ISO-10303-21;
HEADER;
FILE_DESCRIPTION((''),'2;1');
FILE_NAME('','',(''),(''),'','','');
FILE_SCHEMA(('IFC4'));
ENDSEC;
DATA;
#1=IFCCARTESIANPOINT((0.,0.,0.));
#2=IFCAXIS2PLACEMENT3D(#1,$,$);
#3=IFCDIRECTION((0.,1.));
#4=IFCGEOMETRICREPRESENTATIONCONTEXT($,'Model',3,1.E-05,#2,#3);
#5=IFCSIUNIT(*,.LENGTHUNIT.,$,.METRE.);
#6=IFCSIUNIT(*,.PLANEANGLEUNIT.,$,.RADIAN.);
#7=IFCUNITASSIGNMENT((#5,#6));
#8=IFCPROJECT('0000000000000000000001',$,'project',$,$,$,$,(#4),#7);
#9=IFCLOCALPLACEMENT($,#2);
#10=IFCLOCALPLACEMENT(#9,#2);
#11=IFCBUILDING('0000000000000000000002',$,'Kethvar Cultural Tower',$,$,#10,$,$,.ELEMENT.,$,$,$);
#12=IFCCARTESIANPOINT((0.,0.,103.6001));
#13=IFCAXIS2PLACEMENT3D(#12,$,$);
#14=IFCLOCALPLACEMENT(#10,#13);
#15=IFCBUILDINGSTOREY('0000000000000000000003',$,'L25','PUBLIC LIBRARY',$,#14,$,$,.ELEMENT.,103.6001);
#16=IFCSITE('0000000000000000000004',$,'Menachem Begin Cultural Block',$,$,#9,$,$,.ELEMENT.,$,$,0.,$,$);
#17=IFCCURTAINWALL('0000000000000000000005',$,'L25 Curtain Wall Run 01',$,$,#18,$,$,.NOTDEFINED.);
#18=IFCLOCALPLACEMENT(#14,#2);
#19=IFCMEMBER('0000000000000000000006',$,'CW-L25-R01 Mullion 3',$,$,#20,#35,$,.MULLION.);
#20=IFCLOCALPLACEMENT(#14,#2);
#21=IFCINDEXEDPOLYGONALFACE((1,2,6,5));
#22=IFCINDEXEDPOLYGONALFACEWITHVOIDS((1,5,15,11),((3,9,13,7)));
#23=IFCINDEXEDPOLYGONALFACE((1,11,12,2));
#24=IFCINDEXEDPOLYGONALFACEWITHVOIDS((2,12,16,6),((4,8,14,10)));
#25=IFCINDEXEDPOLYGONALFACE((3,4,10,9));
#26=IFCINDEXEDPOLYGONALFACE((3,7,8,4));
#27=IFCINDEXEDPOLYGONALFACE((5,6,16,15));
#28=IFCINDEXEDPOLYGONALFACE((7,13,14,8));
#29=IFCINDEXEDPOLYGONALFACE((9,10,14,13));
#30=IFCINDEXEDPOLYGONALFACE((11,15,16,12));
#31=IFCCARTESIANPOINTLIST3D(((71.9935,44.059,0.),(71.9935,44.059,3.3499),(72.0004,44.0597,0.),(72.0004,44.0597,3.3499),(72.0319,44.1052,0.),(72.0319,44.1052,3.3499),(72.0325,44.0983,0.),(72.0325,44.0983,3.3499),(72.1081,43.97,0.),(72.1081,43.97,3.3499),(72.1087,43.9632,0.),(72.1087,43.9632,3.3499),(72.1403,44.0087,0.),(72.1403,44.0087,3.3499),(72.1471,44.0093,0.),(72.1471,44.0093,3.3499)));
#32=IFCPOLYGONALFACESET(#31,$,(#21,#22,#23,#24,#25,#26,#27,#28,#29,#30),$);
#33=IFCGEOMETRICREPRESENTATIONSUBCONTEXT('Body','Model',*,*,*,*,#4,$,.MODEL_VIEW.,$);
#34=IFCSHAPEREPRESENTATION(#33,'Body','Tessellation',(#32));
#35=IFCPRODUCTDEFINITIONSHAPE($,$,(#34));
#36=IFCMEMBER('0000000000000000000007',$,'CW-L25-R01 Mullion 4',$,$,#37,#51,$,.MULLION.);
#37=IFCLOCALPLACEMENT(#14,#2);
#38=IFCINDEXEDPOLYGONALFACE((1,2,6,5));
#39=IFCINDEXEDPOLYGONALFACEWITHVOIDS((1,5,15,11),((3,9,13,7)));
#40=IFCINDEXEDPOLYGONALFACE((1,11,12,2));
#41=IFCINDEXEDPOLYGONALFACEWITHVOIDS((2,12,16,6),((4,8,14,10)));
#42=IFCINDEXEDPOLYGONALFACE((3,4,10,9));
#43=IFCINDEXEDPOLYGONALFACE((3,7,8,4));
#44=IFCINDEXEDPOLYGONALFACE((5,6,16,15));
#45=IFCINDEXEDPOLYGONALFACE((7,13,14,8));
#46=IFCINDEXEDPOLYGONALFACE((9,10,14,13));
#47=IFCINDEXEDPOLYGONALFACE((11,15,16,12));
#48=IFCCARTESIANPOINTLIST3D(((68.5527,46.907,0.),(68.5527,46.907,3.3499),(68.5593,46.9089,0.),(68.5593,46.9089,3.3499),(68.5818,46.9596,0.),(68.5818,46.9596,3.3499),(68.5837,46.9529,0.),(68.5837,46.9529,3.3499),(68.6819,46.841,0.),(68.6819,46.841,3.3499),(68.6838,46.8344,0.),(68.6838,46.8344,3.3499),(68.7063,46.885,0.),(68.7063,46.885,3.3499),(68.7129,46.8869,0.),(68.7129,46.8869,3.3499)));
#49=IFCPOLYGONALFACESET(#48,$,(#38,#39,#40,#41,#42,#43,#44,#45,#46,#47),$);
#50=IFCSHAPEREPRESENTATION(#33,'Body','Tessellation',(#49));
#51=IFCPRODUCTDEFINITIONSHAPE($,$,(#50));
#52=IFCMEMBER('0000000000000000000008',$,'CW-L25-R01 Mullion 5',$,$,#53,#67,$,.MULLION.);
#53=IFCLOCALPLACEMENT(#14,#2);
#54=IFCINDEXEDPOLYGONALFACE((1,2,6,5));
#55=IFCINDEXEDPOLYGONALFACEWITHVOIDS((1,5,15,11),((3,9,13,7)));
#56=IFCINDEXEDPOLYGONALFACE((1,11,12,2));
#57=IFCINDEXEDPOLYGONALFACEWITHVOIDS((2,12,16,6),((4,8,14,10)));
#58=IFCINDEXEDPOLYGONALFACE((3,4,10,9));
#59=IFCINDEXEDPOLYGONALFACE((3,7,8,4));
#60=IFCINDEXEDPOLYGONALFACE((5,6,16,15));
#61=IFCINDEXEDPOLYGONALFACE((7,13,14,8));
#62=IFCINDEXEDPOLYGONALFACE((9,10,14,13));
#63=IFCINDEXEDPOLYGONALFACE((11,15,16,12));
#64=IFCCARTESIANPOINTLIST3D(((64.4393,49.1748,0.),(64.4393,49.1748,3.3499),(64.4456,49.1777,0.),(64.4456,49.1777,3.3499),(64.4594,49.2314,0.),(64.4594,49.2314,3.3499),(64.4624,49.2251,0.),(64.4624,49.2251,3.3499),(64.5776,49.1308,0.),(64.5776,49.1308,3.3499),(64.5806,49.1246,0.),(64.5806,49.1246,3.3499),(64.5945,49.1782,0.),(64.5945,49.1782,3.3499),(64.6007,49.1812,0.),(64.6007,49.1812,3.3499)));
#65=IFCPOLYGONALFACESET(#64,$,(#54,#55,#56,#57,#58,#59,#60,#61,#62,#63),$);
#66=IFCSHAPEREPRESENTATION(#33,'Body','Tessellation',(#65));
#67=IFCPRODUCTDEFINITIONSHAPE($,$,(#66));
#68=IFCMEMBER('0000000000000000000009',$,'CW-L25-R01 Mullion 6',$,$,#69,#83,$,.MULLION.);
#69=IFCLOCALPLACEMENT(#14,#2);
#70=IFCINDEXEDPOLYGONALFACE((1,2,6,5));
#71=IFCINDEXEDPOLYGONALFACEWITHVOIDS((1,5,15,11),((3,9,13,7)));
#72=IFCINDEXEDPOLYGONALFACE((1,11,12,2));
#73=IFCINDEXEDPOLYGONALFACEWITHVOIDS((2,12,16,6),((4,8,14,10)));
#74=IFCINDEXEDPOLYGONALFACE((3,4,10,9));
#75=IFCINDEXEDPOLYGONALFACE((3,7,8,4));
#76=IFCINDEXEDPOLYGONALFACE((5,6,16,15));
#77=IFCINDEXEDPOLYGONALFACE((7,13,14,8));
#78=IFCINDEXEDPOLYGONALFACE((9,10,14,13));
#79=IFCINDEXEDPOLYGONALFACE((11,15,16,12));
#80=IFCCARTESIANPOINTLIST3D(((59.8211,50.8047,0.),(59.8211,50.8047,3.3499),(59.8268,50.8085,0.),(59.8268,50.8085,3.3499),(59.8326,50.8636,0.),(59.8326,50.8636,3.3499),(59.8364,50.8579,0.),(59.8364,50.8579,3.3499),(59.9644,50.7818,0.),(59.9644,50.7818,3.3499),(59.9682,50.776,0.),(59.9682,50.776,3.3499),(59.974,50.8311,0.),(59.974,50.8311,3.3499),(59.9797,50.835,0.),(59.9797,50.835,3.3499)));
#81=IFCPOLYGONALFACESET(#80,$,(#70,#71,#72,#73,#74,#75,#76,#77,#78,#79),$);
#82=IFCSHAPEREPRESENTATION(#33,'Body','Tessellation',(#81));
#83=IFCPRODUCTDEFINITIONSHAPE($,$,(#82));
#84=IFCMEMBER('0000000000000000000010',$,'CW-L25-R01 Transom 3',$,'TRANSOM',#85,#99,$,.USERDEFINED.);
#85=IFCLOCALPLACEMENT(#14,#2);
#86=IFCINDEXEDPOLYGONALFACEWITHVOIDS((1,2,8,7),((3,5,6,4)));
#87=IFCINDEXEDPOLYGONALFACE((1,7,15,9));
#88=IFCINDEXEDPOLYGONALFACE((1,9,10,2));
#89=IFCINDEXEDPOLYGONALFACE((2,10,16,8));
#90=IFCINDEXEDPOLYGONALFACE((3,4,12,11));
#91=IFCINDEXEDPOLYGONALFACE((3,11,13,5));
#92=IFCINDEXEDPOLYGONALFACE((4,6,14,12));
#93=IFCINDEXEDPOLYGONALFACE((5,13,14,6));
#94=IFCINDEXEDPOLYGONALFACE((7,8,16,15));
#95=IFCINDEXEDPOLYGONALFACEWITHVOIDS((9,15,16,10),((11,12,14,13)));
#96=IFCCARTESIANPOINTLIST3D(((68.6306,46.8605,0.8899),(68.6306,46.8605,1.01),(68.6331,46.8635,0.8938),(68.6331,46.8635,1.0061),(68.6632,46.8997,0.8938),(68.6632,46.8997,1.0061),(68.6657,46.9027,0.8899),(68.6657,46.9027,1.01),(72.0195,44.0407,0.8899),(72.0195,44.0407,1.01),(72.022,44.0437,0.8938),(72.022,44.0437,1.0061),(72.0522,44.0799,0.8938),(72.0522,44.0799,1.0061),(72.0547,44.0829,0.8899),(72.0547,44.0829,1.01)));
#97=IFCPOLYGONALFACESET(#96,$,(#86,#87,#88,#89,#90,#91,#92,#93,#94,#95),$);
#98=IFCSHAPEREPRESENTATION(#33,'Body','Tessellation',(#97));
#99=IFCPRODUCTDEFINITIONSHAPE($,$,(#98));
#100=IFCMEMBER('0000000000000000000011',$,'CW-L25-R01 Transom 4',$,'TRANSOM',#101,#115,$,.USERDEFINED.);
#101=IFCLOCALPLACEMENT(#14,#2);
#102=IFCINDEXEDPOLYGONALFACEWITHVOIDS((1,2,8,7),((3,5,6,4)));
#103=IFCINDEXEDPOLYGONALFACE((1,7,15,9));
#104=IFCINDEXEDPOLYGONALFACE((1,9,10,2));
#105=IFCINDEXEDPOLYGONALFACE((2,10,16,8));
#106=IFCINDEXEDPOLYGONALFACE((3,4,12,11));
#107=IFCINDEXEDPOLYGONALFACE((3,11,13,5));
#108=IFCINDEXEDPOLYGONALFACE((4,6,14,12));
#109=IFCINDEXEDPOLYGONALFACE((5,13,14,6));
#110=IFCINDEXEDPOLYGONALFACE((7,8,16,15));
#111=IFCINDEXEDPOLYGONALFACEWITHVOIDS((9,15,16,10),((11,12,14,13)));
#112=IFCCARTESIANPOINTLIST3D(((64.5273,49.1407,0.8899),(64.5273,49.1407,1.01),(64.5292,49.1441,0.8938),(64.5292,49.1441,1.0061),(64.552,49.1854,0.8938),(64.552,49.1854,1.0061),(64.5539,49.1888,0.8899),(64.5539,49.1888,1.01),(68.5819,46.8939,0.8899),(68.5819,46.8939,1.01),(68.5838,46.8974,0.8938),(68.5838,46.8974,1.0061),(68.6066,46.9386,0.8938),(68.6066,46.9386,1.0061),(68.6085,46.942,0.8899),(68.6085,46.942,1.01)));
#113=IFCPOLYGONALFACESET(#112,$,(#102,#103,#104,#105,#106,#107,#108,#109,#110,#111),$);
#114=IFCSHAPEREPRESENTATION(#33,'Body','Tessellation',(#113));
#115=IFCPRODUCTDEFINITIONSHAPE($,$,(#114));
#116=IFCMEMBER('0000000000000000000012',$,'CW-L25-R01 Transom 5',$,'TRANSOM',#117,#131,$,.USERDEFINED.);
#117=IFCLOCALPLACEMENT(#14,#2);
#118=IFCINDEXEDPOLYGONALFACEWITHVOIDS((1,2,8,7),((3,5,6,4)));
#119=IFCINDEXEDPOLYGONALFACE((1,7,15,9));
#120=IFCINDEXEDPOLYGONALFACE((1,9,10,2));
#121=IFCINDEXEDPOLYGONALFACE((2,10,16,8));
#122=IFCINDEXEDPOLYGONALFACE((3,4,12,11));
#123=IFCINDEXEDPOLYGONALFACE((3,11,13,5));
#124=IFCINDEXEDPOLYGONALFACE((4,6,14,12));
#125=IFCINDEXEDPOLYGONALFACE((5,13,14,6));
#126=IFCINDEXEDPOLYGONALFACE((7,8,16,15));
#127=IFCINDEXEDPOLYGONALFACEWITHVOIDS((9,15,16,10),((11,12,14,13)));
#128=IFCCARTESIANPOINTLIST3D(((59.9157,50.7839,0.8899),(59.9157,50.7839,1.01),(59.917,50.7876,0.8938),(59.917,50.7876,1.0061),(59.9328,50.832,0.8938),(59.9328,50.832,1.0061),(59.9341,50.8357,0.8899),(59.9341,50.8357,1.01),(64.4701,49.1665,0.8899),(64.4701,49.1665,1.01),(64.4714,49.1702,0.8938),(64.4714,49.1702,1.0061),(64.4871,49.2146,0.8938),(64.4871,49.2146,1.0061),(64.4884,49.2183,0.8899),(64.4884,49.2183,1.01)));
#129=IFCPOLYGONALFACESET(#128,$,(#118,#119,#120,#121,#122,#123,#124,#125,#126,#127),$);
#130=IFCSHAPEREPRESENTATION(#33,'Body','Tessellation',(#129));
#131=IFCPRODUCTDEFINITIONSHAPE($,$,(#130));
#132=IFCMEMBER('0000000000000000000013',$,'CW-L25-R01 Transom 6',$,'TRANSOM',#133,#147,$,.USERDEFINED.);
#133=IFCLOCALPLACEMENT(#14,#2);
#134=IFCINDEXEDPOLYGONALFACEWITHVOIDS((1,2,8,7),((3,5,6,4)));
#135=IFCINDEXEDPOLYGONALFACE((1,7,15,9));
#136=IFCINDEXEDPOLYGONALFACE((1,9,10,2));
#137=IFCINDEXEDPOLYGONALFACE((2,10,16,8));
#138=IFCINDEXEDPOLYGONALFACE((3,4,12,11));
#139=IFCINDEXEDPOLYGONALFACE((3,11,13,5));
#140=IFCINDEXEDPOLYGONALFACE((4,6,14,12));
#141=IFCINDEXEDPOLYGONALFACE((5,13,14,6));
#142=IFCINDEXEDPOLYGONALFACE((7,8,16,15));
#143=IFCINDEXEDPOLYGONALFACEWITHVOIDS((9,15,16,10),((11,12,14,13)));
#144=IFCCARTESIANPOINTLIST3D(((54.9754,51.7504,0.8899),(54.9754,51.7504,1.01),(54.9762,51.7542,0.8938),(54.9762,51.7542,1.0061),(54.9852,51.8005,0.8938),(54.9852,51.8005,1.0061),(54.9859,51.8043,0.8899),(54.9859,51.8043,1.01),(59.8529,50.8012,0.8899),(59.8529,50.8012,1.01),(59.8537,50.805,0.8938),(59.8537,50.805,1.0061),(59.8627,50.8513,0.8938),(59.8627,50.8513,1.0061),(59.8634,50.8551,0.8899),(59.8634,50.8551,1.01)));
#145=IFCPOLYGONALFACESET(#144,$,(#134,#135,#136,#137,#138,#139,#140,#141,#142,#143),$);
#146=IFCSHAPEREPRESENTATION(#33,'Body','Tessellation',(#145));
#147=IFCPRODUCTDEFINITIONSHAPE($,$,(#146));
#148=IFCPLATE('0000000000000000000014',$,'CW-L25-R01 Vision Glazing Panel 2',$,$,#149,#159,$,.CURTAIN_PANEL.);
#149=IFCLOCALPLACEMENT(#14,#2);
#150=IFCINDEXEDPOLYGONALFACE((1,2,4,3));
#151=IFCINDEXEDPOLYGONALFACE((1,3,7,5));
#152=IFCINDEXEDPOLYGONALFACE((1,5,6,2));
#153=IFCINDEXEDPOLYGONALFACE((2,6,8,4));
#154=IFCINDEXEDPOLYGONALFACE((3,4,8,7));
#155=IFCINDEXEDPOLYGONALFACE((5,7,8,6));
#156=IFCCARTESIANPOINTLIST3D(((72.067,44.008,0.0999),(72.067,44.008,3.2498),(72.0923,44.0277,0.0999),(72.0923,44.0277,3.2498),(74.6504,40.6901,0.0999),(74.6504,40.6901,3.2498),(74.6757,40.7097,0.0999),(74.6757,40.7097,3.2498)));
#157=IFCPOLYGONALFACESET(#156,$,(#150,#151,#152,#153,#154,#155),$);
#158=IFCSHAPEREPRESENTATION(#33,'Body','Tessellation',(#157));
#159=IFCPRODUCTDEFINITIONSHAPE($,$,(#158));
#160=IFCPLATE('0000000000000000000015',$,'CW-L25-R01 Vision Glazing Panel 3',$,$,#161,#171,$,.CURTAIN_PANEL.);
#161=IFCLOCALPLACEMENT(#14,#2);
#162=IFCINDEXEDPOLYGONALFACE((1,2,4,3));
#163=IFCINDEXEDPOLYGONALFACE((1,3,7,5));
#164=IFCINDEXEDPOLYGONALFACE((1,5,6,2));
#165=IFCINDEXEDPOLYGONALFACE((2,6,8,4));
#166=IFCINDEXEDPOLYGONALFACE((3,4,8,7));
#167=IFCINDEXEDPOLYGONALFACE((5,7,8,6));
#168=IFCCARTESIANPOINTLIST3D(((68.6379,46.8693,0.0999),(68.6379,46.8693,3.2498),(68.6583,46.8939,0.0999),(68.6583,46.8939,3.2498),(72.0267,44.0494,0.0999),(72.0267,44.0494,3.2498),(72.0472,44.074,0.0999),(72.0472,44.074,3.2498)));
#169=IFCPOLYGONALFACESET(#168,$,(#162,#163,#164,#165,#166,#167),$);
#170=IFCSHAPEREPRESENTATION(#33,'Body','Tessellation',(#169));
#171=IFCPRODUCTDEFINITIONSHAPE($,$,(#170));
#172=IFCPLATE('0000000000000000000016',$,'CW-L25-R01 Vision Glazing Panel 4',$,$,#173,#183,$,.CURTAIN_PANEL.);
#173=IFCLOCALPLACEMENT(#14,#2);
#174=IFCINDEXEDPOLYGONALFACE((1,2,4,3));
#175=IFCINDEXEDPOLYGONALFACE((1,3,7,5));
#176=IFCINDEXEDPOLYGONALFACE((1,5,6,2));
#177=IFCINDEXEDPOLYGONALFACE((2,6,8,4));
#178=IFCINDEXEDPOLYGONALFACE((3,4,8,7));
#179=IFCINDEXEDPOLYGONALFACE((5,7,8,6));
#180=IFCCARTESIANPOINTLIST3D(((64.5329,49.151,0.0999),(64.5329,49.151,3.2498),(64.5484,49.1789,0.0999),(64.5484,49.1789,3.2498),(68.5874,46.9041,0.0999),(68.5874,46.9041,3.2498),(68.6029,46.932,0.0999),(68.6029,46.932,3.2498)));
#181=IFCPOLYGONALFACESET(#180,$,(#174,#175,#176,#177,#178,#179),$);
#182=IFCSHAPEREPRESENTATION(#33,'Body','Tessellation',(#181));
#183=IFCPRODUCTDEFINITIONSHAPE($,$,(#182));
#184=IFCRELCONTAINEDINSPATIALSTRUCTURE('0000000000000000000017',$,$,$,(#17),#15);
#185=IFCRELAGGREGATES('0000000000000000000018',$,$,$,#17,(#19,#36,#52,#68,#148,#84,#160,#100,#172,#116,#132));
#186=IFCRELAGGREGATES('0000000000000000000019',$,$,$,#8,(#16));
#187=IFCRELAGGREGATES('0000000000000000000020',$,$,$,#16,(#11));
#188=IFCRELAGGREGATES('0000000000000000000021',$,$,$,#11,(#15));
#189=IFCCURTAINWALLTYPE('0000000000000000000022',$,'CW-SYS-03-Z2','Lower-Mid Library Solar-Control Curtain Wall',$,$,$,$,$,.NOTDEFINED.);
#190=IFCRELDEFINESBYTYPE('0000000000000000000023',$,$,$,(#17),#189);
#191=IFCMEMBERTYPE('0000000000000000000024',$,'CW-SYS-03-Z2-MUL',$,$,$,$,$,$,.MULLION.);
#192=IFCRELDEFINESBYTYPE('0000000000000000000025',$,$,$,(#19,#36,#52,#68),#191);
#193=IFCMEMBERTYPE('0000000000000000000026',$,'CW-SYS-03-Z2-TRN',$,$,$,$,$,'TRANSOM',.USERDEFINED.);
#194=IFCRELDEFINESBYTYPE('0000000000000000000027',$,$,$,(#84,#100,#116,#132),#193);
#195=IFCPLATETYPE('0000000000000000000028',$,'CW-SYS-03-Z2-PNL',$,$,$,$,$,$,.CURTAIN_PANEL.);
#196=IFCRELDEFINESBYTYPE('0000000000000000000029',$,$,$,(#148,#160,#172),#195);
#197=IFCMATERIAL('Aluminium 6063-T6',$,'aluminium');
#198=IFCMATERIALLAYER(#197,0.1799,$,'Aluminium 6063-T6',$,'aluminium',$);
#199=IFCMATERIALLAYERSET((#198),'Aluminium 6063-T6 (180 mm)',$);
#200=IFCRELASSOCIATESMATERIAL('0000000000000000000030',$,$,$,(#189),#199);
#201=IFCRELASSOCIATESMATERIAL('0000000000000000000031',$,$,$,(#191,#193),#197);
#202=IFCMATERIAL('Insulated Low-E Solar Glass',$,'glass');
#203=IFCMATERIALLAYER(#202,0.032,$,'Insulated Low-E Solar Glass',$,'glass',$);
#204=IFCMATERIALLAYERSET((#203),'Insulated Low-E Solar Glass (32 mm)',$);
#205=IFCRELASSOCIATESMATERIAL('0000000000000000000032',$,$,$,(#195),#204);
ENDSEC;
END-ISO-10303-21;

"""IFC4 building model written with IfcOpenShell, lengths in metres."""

from ifc_helpers import new_model, si_unit, direction, frame, origin, origin_2d, place, context, subcontext, project, spatial, rectangle, hollow_rectangle, extrude, source, transform, mapped, material, layer, layer_set, material_profile, profile_set, type_object, element, aggregate, save


model = new_model("IFC4")

# Units and contexts
model_context = context("Model", 3, precision=1e-05, world=origin(), true_north=direction((0.0, 1.0)))
body_context = subcontext(model_context, "Body", "Model", "MODEL_VIEW")
ifc_project = project(units=[si_unit("LENGTHUNIT", "METRE"), si_unit("PLANEANGLEUNIT", "RADIAN")], contexts=[model_context])

# Site, building, storey
site_placement = place(None, origin())
site = spatial("IfcSite", under=ifc_project, at=site_placement, Name="Menachem Begin Cultural Block", CompositionType="ELEMENT", RefElevation=0.0)
building_placement = place(site_placement, origin())
building = spatial("IfcBuilding", under=site, at=building_placement, Name="Kethvar Cultural Tower", CompositionType="ELEMENT")
storey_placement = place(building_placement, frame((0.0, 0.0, 103.6001)))
storey = spatial("IfcBuildingStorey", under=building, at=storey_placement, Name="L25", Description="PUBLIC LIBRARY", CompositionType="ELEMENT", Elevation=103.6001)

# Curtain wall, members, plates
ifc_material_1 = material(Name="Aluminium 6063-T6", Category="aluminium")
ifc_layer_1 = layer(ifc_material_1, 0.1799, Name="Aluminium 6063-T6", Category="aluminium")
ifc_layer_set_1 = layer_set([ifc_layer_1], Name="Aluminium 6063-T6 (180 mm)")
curtain_wall_type = type_object("IfcCurtainWallType", Name="CW-SYS-03-Z2", Description="Lower-Mid Library Solar-Control Curtain Wall", PredefinedType="NOTDEFINED", material=ifc_layer_set_1)
curtain_wall_placement = place(storey_placement, origin())
curtain_wall = element("IfcCurtainWall", 1, at=curtain_wall_placement, inside=storey, type_object=curtain_wall_type, Name="L25 Curtain Wall Run 01", PredefinedType="NOTDEFINED")
ifc_material_profile_1 = material_profile(ifc_material_1, hollow_rectangle(XDim=0.0601, YDim=0.1499, WallThickness=0.0049, at=origin_2d()), Name="Aluminium 6063-T6 — RHS150x60x5")
ifc_profile_set_1 = profile_set([ifc_material_profile_1], Name="Aluminium 6063-T6 — RHS150x60x5")
member_type_1 = type_object("IfcMemberType", Name="CW-SYS-03-Z2-MUL", PredefinedType="MULLION", material=ifc_profile_set_1)
shared_shape_1 = source(origin(), body_context, "Body", "SweptSolid", [
    extrude(hollow_rectangle(XDim=0.0601, YDim=0.1499, WallThickness=0.0049, at=origin_2d()), origin(), (0.0, 0.0, 1.0), 3.3499),
])
member_1_placement = place(storey_placement, frame((72.0703, 44.0342, 0.0), z_axis=(0.0, 0.0, 1.0), x_axis=(-0.639627, -0.768686, 0.0)))
member_1 = element("IfcMember", 2, at=member_1_placement, type_object=member_type_1, Name="CW-L25-R01 Mullion 3", PredefinedType="MULLION", context=body_context, shape_type="MappedRepresentation", body=[
    mapped(shared_shape_1, transform((0.0, 0.0, 0.0), scale=1.0)),
])
member_2_placement = place(storey_placement, frame((68.6328, 46.897, 0.0), z_axis=(0.0, 0.0, 1.0), x_axis=(-0.484718, -0.87467, 0.0)))
member_2 = element("IfcMember", 3, at=member_2_placement, type_object=member_type_1, Name="CW-L25-R01 Mullion 4", PredefinedType="MULLION", context=body_context, shape_type="MappedRepresentation", body=[
    mapped(shared_shape_1, transform((0.0, 0.0, 0.0), scale=1.0)),
])
member_3_placement = place(storey_placement, frame((64.52, 49.178, 0.0), z_axis=(0.0, 0.0, 1.0), x_axis=(-0.334646, -0.942344, 0.0)))
member_3 = element("IfcMember", 4, at=member_3_placement, type_object=member_type_1, Name="CW-L25-R01 Mullion 5", PredefinedType="MULLION", context=body_context, shape_type="MappedRepresentation", body=[
    mapped(shared_shape_1, transform((0.0, 0.0, 0.0), scale=1.0)),
])
member_4_placement = place(storey_placement, frame((59.9004, 50.8198, 0.0), z_axis=(0.0, 0.0, 1.0), x_axis=(-0.191032, -0.981584, 0.0)))
member_4 = element("IfcMember", 5, at=member_4_placement, type_object=member_type_1, Name="CW-L25-R01 Mullion 6", PredefinedType="MULLION", context=body_context, shape_type="MappedRepresentation", body=[
    mapped(shared_shape_1, transform((0.0, 0.0, 0.0), scale=1.0)),
])
ifc_material_profile_2 = material_profile(ifc_material_1, hollow_rectangle(XDim=0.0549, YDim=0.1201, WallThickness=0.0039, at=origin_2d()), Name="Aluminium 6063-T6 — RHS120x55x4")
ifc_profile_set_2 = profile_set([ifc_material_profile_2], Name="Aluminium 6063-T6 — RHS120x55x4")
member_type_2 = type_object("IfcMemberType", Name="CW-SYS-03-Z2-TRN", ElementType="TRANSOM", PredefinedType="USERDEFINED", material=ifc_profile_set_2)
shared_shape_2 = source(origin(), body_context, "Body", "SweptSolid", [
    extrude(hollow_rectangle(XDim=0.0549, YDim=0.1201, WallThickness=0.0039, at=origin_2d()), origin(), (0.0, 0.0, 1.0), 4.4087),
])
member_5_placement = place(storey_placement, frame((72.0371, 44.0618, 0.95), z_axis=(-0.768698, 0.639612, 0.0), x_axis=(-0.639612, -0.768698, 0.0)))
member_5 = element("IfcMember", 6, at=member_5_placement, type_object=member_type_2, Name="CW-L25-R01 Transom 3", ObjectType="TRANSOM", PredefinedType="USERDEFINED", context=body_context, shape_type="MappedRepresentation", body=[
    mapped(shared_shape_2, transform((0.0, 0.0, 0.0), scale=1.0)),
])
shared_shape_3 = source(origin(), body_context, "Body", "SweptSolid", [
    extrude(hollow_rectangle(XDim=0.0549, YDim=0.1201, WallThickness=0.0039, at=origin_2d()), origin(), (0.0, 0.0, 1.0), 4.6355),
])
member_6_placement = place(storey_placement, frame((68.5952, 46.918, 0.95), z_axis=(-0.874686, 0.48469, 0.0), x_axis=(-0.48469, -0.874686, 0.0)))
member_6 = element("IfcMember", 7, at=member_6_placement, type_object=member_type_2, Name="CW-L25-R01 Transom 4", ObjectType="TRANSOM", PredefinedType="USERDEFINED", context=body_context, shape_type="MappedRepresentation", body=[
    mapped(shared_shape_3, transform((0.0, 0.0, 0.0), scale=1.0)),
])
shared_shape_4 = source(origin(), body_context, "Body", "SweptSolid", [
    extrude(hollow_rectangle(XDim=0.0549, YDim=0.1201, WallThickness=0.0039, at=origin_2d()), origin(), (0.0, 0.0, 1.0), 4.833),
])
member_7_placement = place(storey_placement, frame((64.4792, 49.1924, 0.95), z_axis=(-0.94234, 0.334656, 0.0), x_axis=(-0.334656, -0.94234, 0.0)))
member_7 = element("IfcMember", 8, at=member_7_placement, type_object=member_type_2, Name="CW-L25-R01 Transom 5", ObjectType="TRANSOM", PredefinedType="USERDEFINED", context=body_context, shape_type="MappedRepresentation", body=[
    mapped(shared_shape_4, transform((0.0, 0.0, 0.0), scale=1.0)),
])
shared_shape_5 = source(origin(), body_context, "Body", "SweptSolid", [
    extrude(hollow_rectangle(XDim=0.0549, YDim=0.1201, WallThickness=0.0039, at=origin_2d()), origin(), (0.0, 0.0, 1.0), 4.969),
])
member_8_placement = place(storey_placement, frame((59.8582, 50.8281, 0.95), z_axis=(-0.981584, 0.19103, 0.0), x_axis=(-0.19103, -0.981584, 0.0)))
member_8 = element("IfcMember", 9, at=member_8_placement, type_object=member_type_2, Name="CW-L25-R01 Transom 6", ObjectType="TRANSOM", PredefinedType="USERDEFINED", context=body_context, shape_type="MappedRepresentation", body=[
    mapped(shared_shape_5, transform((0.0, 0.0, 0.0), scale=1.0)),
])
ifc_material_2 = material(Name="Insulated Low-E Solar Glass", Category="glass")
ifc_layer_2 = layer(ifc_material_2, 0.032, Name="Insulated Low-E Solar Glass", Category="glass")
ifc_layer_set_2 = layer_set([ifc_layer_2], Name="Insulated Low-E Solar Glass (32 mm)")
plate_type = type_object("IfcPlateType", Name="CW-SYS-03-Z2-PNL", PredefinedType="CURTAIN_PANEL", material=ifc_layer_set_2)
shared_shape_6 = source(origin(), body_context, "Body", "SweptSolid", [
    extrude(rectangle(XDim=4.2051, YDim=0.032, at=origin_2d()), origin(), (0.0, 0.0, 1.0), 3.1499),
])
plate_1_placement = place(storey_placement, frame((73.3713, 42.3589, 0.0999), z_axis=(0.0, 0.0, 1.0), x_axis=(-0.614354, 0.78903, 0.0)))
plate_1 = element("IfcPlate", 10, at=plate_1_placement, type_object=plate_type, Name="CW-L25-R01 Vision Glazing Panel 2", PredefinedType="CURTAIN_PANEL", context=body_context, shape_type="MappedRepresentation", body=[
    mapped(shared_shape_6, transform((0.0, 0.0, 0.0), scale=1.0)),
])
shared_shape_7 = source(origin(), body_context, "Body", "SweptSolid", [
    extrude(rectangle(XDim=4.4087, YDim=0.032, at=origin_2d()), origin(), (0.0, 0.0, 1.0), 3.1499),
])
plate_2_placement = place(storey_placement, frame((70.3425, 45.4717, 0.0999), z_axis=(0.0, 0.0, 1.0), x_axis=(-0.768686, 0.639627, 0.0)))
plate_2 = element("IfcPlate", 11, at=plate_2_placement, type_object=plate_type, Name="CW-L25-R01 Vision Glazing Panel 3", PredefinedType="CURTAIN_PANEL", context=body_context, shape_type="MappedRepresentation", body=[
    mapped(shared_shape_7, transform((0.0, 0.0, 0.0), scale=1.0)),
])
shared_shape_8 = source(origin(), body_context, "Body", "SweptSolid", [
    extrude(rectangle(XDim=4.6355, YDim=0.032, at=origin_2d()), origin(), (0.0, 0.0, 1.0), 3.1499),
])
plate_3_placement = place(storey_placement, frame((66.5679, 48.0415, 0.0999), z_axis=(0.0, 0.0, 1.0), x_axis=(-0.87467, 0.484718, 0.0)))
plate_3 = element("IfcPlate", 12, at=plate_3_placement, type_object=plate_type, Name="CW-L25-R01 Vision Glazing Panel 4", PredefinedType="CURTAIN_PANEL", context=body_context, shape_type="MappedRepresentation", body=[
    mapped(shared_shape_8, transform((0.0, 0.0, 0.0), scale=1.0)),
])
aggregate(curtain_wall, [member_1, member_2, member_3, member_4, plate_1, member_5, plate_2, member_6, plate_3, member_7, member_8])

save(model, "model.ifc")
